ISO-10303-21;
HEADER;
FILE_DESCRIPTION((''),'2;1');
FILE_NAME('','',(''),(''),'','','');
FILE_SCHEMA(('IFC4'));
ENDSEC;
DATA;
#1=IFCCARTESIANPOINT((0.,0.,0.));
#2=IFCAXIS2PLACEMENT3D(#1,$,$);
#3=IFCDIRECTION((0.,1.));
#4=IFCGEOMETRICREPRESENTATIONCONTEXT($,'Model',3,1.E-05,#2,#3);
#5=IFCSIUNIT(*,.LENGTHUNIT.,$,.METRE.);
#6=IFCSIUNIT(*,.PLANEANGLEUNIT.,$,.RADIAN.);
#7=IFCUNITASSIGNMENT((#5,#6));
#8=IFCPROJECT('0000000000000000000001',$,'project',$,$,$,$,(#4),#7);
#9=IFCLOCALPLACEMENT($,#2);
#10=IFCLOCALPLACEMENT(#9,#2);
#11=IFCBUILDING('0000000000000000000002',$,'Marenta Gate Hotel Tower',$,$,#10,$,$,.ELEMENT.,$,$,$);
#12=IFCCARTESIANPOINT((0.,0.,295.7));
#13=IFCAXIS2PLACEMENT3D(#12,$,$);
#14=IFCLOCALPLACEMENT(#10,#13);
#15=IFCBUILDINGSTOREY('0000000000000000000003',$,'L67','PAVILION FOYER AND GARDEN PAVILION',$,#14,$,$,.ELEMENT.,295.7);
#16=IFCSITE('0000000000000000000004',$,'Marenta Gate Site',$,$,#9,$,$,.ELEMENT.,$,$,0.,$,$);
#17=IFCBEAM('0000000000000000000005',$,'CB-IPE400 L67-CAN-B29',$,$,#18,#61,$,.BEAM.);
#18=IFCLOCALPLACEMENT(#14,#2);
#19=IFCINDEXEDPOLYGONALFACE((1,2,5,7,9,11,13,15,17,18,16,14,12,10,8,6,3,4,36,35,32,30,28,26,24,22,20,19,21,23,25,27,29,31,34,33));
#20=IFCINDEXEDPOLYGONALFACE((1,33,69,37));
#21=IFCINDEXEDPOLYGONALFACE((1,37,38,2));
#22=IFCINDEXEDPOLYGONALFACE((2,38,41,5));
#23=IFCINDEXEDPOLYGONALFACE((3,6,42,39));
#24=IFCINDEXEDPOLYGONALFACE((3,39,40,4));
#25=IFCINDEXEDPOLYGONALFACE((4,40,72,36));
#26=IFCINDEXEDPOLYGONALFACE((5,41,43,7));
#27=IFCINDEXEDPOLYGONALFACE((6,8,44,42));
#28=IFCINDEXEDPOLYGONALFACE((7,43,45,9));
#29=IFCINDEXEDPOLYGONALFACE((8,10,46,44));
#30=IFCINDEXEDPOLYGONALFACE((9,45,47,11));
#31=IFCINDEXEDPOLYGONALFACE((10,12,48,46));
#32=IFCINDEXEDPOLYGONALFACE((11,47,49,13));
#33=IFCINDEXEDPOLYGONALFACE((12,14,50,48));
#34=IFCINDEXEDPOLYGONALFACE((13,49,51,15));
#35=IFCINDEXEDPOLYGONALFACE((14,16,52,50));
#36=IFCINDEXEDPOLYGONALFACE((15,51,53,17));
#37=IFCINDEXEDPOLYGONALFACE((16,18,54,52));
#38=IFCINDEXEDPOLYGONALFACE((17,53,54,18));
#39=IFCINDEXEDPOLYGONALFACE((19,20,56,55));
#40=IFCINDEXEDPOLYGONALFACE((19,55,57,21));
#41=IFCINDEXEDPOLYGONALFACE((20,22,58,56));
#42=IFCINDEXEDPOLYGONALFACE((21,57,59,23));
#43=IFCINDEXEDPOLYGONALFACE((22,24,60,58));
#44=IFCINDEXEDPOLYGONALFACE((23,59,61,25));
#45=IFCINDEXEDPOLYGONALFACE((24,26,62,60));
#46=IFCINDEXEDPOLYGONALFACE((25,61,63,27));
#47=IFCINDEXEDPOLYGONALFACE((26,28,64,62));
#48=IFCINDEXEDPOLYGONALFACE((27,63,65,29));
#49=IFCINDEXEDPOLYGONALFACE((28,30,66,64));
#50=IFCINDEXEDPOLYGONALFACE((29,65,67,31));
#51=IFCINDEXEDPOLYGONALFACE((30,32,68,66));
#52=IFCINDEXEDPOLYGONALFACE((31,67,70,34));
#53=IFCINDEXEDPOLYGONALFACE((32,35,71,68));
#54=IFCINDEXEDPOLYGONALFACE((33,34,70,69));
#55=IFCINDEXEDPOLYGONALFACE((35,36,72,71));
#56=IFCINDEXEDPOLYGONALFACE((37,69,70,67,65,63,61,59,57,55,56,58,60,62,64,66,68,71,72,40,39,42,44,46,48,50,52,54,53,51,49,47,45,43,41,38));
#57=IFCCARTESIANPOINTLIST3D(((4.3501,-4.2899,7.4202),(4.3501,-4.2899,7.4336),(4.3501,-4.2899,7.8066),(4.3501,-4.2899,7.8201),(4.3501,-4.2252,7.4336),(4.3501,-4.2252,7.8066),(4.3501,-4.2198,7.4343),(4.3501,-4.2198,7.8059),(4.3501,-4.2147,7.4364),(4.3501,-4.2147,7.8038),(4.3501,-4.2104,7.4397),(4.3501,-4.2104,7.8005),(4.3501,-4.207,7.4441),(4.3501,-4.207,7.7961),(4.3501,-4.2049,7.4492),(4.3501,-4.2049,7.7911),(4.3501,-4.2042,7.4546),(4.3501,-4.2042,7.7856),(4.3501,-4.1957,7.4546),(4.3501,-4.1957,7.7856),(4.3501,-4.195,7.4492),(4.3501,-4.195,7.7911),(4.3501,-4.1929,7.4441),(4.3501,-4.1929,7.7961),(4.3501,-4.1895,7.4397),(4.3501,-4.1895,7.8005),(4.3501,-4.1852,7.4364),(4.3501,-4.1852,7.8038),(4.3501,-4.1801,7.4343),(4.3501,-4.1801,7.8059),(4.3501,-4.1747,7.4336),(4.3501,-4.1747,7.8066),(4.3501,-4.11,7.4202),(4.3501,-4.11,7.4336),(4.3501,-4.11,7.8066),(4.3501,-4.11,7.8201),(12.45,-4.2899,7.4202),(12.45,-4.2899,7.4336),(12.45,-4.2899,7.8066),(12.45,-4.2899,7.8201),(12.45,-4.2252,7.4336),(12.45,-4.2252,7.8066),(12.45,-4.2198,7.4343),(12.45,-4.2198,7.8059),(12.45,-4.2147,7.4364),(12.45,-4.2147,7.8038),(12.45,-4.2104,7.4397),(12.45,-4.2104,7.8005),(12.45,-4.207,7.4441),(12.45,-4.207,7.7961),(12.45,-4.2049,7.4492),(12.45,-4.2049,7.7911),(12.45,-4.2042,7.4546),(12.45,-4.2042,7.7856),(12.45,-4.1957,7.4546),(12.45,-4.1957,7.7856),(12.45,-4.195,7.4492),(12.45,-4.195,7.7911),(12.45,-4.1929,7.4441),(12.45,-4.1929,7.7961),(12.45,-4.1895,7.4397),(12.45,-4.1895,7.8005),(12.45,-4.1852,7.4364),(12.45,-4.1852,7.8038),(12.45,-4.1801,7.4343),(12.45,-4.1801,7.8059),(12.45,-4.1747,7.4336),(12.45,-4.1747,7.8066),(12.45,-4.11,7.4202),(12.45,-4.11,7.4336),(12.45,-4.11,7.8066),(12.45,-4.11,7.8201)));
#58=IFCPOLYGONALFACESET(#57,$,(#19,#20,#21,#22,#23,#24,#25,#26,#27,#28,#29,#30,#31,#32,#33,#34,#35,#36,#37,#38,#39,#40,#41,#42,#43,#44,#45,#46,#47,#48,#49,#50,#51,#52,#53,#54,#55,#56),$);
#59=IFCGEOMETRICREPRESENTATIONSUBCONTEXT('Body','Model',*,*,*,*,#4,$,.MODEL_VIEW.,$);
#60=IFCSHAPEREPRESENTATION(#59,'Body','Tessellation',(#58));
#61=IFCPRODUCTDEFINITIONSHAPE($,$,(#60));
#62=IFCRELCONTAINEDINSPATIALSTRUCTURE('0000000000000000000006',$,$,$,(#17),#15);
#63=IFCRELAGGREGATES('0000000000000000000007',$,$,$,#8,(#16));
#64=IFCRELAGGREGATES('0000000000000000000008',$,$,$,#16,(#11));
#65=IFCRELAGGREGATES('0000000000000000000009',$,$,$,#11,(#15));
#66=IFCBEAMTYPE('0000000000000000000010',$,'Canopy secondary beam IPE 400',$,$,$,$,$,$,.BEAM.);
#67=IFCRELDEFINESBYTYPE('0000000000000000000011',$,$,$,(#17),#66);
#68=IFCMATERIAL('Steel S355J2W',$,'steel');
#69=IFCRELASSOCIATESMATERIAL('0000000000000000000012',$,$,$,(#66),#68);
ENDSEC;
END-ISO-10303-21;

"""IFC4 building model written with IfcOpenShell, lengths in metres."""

from ifc_helpers import new_model, si_unit, direction, frame, origin, origin_2d, place, context, subcontext, project, spatial, i_section, extrude, material, material_profile, profile_set, type_object, element, save


model = new_model("IFC4")

# Units and contexts
model_context = context("Model", 3, precision=1e-05, world=origin(), true_north=direction((0.0, 1.0)))
body_context = subcontext(model_context, "Body", "Model", "MODEL_VIEW")
ifc_project = project(units=[si_unit("LENGTHUNIT", "METRE"), si_unit("PLANEANGLEUNIT", "RADIAN")], contexts=[model_context])

# Site, building, storey
site_placement = place(None, origin())
site = spatial("IfcSite", under=ifc_project, at=site_placement, Name="Marenta Gate Site", CompositionType="ELEMENT", RefElevation=0.0)
building_placement = place(site_placement, origin())
building = spatial("IfcBuilding", under=site, at=building_placement, Name="Marenta Gate Hotel Tower", CompositionType="ELEMENT")
storey_placement = place(building_placement, frame((0.0, 0.0, 295.7)))
storey = spatial("IfcBuildingStorey", under=building, at=storey_placement, Name="L67", Description="PAVILION FOYER AND GARDEN PAVILION", CompositionType="ELEMENT", Elevation=295.7)

# Beam
ifc_material_1 = material(Name="Steel S355J2W", Category="steel")
ifc_material_profile = material_profile(ifc_material_1, i_section(OverallWidth=0.1799, OverallDepth=0.3999, WebThickness=0.0085, FlangeThickness=0.0134, FilletRadius=0.021, at=origin_2d()), Name="IPE 400")
ifc_profile_set = profile_set([ifc_material_profile], Name="Steel S355J2W")
beam_type = type_object("IfcBeamType", Name="Canopy secondary beam IPE 400", PredefinedType="BEAM", material=ifc_profile_set)
beam_placement = place(storey_placement, frame((4.3501, -4.2, 7.6201), z_axis=(1.0, 0.0, 0.0), x_axis=(0.0, 1.0, 0.0)))
element("IfcBeam", 1, at=beam_placement, inside=storey, type_object=beam_type, Name="CB-IPE400 L67-CAN-B29", PredefinedType="BEAM", context=body_context, shape_type="SweptSolid", body=[
    extrude(i_section(OverallWidth=0.1799, OverallDepth=0.3999, WebThickness=0.0085, FlangeThickness=0.0134, FilletRadius=0.021, at=origin_2d()), origin(), (0.0, 0.0, 1.0), 8.0999),
])

save(model, "model.ifc")
